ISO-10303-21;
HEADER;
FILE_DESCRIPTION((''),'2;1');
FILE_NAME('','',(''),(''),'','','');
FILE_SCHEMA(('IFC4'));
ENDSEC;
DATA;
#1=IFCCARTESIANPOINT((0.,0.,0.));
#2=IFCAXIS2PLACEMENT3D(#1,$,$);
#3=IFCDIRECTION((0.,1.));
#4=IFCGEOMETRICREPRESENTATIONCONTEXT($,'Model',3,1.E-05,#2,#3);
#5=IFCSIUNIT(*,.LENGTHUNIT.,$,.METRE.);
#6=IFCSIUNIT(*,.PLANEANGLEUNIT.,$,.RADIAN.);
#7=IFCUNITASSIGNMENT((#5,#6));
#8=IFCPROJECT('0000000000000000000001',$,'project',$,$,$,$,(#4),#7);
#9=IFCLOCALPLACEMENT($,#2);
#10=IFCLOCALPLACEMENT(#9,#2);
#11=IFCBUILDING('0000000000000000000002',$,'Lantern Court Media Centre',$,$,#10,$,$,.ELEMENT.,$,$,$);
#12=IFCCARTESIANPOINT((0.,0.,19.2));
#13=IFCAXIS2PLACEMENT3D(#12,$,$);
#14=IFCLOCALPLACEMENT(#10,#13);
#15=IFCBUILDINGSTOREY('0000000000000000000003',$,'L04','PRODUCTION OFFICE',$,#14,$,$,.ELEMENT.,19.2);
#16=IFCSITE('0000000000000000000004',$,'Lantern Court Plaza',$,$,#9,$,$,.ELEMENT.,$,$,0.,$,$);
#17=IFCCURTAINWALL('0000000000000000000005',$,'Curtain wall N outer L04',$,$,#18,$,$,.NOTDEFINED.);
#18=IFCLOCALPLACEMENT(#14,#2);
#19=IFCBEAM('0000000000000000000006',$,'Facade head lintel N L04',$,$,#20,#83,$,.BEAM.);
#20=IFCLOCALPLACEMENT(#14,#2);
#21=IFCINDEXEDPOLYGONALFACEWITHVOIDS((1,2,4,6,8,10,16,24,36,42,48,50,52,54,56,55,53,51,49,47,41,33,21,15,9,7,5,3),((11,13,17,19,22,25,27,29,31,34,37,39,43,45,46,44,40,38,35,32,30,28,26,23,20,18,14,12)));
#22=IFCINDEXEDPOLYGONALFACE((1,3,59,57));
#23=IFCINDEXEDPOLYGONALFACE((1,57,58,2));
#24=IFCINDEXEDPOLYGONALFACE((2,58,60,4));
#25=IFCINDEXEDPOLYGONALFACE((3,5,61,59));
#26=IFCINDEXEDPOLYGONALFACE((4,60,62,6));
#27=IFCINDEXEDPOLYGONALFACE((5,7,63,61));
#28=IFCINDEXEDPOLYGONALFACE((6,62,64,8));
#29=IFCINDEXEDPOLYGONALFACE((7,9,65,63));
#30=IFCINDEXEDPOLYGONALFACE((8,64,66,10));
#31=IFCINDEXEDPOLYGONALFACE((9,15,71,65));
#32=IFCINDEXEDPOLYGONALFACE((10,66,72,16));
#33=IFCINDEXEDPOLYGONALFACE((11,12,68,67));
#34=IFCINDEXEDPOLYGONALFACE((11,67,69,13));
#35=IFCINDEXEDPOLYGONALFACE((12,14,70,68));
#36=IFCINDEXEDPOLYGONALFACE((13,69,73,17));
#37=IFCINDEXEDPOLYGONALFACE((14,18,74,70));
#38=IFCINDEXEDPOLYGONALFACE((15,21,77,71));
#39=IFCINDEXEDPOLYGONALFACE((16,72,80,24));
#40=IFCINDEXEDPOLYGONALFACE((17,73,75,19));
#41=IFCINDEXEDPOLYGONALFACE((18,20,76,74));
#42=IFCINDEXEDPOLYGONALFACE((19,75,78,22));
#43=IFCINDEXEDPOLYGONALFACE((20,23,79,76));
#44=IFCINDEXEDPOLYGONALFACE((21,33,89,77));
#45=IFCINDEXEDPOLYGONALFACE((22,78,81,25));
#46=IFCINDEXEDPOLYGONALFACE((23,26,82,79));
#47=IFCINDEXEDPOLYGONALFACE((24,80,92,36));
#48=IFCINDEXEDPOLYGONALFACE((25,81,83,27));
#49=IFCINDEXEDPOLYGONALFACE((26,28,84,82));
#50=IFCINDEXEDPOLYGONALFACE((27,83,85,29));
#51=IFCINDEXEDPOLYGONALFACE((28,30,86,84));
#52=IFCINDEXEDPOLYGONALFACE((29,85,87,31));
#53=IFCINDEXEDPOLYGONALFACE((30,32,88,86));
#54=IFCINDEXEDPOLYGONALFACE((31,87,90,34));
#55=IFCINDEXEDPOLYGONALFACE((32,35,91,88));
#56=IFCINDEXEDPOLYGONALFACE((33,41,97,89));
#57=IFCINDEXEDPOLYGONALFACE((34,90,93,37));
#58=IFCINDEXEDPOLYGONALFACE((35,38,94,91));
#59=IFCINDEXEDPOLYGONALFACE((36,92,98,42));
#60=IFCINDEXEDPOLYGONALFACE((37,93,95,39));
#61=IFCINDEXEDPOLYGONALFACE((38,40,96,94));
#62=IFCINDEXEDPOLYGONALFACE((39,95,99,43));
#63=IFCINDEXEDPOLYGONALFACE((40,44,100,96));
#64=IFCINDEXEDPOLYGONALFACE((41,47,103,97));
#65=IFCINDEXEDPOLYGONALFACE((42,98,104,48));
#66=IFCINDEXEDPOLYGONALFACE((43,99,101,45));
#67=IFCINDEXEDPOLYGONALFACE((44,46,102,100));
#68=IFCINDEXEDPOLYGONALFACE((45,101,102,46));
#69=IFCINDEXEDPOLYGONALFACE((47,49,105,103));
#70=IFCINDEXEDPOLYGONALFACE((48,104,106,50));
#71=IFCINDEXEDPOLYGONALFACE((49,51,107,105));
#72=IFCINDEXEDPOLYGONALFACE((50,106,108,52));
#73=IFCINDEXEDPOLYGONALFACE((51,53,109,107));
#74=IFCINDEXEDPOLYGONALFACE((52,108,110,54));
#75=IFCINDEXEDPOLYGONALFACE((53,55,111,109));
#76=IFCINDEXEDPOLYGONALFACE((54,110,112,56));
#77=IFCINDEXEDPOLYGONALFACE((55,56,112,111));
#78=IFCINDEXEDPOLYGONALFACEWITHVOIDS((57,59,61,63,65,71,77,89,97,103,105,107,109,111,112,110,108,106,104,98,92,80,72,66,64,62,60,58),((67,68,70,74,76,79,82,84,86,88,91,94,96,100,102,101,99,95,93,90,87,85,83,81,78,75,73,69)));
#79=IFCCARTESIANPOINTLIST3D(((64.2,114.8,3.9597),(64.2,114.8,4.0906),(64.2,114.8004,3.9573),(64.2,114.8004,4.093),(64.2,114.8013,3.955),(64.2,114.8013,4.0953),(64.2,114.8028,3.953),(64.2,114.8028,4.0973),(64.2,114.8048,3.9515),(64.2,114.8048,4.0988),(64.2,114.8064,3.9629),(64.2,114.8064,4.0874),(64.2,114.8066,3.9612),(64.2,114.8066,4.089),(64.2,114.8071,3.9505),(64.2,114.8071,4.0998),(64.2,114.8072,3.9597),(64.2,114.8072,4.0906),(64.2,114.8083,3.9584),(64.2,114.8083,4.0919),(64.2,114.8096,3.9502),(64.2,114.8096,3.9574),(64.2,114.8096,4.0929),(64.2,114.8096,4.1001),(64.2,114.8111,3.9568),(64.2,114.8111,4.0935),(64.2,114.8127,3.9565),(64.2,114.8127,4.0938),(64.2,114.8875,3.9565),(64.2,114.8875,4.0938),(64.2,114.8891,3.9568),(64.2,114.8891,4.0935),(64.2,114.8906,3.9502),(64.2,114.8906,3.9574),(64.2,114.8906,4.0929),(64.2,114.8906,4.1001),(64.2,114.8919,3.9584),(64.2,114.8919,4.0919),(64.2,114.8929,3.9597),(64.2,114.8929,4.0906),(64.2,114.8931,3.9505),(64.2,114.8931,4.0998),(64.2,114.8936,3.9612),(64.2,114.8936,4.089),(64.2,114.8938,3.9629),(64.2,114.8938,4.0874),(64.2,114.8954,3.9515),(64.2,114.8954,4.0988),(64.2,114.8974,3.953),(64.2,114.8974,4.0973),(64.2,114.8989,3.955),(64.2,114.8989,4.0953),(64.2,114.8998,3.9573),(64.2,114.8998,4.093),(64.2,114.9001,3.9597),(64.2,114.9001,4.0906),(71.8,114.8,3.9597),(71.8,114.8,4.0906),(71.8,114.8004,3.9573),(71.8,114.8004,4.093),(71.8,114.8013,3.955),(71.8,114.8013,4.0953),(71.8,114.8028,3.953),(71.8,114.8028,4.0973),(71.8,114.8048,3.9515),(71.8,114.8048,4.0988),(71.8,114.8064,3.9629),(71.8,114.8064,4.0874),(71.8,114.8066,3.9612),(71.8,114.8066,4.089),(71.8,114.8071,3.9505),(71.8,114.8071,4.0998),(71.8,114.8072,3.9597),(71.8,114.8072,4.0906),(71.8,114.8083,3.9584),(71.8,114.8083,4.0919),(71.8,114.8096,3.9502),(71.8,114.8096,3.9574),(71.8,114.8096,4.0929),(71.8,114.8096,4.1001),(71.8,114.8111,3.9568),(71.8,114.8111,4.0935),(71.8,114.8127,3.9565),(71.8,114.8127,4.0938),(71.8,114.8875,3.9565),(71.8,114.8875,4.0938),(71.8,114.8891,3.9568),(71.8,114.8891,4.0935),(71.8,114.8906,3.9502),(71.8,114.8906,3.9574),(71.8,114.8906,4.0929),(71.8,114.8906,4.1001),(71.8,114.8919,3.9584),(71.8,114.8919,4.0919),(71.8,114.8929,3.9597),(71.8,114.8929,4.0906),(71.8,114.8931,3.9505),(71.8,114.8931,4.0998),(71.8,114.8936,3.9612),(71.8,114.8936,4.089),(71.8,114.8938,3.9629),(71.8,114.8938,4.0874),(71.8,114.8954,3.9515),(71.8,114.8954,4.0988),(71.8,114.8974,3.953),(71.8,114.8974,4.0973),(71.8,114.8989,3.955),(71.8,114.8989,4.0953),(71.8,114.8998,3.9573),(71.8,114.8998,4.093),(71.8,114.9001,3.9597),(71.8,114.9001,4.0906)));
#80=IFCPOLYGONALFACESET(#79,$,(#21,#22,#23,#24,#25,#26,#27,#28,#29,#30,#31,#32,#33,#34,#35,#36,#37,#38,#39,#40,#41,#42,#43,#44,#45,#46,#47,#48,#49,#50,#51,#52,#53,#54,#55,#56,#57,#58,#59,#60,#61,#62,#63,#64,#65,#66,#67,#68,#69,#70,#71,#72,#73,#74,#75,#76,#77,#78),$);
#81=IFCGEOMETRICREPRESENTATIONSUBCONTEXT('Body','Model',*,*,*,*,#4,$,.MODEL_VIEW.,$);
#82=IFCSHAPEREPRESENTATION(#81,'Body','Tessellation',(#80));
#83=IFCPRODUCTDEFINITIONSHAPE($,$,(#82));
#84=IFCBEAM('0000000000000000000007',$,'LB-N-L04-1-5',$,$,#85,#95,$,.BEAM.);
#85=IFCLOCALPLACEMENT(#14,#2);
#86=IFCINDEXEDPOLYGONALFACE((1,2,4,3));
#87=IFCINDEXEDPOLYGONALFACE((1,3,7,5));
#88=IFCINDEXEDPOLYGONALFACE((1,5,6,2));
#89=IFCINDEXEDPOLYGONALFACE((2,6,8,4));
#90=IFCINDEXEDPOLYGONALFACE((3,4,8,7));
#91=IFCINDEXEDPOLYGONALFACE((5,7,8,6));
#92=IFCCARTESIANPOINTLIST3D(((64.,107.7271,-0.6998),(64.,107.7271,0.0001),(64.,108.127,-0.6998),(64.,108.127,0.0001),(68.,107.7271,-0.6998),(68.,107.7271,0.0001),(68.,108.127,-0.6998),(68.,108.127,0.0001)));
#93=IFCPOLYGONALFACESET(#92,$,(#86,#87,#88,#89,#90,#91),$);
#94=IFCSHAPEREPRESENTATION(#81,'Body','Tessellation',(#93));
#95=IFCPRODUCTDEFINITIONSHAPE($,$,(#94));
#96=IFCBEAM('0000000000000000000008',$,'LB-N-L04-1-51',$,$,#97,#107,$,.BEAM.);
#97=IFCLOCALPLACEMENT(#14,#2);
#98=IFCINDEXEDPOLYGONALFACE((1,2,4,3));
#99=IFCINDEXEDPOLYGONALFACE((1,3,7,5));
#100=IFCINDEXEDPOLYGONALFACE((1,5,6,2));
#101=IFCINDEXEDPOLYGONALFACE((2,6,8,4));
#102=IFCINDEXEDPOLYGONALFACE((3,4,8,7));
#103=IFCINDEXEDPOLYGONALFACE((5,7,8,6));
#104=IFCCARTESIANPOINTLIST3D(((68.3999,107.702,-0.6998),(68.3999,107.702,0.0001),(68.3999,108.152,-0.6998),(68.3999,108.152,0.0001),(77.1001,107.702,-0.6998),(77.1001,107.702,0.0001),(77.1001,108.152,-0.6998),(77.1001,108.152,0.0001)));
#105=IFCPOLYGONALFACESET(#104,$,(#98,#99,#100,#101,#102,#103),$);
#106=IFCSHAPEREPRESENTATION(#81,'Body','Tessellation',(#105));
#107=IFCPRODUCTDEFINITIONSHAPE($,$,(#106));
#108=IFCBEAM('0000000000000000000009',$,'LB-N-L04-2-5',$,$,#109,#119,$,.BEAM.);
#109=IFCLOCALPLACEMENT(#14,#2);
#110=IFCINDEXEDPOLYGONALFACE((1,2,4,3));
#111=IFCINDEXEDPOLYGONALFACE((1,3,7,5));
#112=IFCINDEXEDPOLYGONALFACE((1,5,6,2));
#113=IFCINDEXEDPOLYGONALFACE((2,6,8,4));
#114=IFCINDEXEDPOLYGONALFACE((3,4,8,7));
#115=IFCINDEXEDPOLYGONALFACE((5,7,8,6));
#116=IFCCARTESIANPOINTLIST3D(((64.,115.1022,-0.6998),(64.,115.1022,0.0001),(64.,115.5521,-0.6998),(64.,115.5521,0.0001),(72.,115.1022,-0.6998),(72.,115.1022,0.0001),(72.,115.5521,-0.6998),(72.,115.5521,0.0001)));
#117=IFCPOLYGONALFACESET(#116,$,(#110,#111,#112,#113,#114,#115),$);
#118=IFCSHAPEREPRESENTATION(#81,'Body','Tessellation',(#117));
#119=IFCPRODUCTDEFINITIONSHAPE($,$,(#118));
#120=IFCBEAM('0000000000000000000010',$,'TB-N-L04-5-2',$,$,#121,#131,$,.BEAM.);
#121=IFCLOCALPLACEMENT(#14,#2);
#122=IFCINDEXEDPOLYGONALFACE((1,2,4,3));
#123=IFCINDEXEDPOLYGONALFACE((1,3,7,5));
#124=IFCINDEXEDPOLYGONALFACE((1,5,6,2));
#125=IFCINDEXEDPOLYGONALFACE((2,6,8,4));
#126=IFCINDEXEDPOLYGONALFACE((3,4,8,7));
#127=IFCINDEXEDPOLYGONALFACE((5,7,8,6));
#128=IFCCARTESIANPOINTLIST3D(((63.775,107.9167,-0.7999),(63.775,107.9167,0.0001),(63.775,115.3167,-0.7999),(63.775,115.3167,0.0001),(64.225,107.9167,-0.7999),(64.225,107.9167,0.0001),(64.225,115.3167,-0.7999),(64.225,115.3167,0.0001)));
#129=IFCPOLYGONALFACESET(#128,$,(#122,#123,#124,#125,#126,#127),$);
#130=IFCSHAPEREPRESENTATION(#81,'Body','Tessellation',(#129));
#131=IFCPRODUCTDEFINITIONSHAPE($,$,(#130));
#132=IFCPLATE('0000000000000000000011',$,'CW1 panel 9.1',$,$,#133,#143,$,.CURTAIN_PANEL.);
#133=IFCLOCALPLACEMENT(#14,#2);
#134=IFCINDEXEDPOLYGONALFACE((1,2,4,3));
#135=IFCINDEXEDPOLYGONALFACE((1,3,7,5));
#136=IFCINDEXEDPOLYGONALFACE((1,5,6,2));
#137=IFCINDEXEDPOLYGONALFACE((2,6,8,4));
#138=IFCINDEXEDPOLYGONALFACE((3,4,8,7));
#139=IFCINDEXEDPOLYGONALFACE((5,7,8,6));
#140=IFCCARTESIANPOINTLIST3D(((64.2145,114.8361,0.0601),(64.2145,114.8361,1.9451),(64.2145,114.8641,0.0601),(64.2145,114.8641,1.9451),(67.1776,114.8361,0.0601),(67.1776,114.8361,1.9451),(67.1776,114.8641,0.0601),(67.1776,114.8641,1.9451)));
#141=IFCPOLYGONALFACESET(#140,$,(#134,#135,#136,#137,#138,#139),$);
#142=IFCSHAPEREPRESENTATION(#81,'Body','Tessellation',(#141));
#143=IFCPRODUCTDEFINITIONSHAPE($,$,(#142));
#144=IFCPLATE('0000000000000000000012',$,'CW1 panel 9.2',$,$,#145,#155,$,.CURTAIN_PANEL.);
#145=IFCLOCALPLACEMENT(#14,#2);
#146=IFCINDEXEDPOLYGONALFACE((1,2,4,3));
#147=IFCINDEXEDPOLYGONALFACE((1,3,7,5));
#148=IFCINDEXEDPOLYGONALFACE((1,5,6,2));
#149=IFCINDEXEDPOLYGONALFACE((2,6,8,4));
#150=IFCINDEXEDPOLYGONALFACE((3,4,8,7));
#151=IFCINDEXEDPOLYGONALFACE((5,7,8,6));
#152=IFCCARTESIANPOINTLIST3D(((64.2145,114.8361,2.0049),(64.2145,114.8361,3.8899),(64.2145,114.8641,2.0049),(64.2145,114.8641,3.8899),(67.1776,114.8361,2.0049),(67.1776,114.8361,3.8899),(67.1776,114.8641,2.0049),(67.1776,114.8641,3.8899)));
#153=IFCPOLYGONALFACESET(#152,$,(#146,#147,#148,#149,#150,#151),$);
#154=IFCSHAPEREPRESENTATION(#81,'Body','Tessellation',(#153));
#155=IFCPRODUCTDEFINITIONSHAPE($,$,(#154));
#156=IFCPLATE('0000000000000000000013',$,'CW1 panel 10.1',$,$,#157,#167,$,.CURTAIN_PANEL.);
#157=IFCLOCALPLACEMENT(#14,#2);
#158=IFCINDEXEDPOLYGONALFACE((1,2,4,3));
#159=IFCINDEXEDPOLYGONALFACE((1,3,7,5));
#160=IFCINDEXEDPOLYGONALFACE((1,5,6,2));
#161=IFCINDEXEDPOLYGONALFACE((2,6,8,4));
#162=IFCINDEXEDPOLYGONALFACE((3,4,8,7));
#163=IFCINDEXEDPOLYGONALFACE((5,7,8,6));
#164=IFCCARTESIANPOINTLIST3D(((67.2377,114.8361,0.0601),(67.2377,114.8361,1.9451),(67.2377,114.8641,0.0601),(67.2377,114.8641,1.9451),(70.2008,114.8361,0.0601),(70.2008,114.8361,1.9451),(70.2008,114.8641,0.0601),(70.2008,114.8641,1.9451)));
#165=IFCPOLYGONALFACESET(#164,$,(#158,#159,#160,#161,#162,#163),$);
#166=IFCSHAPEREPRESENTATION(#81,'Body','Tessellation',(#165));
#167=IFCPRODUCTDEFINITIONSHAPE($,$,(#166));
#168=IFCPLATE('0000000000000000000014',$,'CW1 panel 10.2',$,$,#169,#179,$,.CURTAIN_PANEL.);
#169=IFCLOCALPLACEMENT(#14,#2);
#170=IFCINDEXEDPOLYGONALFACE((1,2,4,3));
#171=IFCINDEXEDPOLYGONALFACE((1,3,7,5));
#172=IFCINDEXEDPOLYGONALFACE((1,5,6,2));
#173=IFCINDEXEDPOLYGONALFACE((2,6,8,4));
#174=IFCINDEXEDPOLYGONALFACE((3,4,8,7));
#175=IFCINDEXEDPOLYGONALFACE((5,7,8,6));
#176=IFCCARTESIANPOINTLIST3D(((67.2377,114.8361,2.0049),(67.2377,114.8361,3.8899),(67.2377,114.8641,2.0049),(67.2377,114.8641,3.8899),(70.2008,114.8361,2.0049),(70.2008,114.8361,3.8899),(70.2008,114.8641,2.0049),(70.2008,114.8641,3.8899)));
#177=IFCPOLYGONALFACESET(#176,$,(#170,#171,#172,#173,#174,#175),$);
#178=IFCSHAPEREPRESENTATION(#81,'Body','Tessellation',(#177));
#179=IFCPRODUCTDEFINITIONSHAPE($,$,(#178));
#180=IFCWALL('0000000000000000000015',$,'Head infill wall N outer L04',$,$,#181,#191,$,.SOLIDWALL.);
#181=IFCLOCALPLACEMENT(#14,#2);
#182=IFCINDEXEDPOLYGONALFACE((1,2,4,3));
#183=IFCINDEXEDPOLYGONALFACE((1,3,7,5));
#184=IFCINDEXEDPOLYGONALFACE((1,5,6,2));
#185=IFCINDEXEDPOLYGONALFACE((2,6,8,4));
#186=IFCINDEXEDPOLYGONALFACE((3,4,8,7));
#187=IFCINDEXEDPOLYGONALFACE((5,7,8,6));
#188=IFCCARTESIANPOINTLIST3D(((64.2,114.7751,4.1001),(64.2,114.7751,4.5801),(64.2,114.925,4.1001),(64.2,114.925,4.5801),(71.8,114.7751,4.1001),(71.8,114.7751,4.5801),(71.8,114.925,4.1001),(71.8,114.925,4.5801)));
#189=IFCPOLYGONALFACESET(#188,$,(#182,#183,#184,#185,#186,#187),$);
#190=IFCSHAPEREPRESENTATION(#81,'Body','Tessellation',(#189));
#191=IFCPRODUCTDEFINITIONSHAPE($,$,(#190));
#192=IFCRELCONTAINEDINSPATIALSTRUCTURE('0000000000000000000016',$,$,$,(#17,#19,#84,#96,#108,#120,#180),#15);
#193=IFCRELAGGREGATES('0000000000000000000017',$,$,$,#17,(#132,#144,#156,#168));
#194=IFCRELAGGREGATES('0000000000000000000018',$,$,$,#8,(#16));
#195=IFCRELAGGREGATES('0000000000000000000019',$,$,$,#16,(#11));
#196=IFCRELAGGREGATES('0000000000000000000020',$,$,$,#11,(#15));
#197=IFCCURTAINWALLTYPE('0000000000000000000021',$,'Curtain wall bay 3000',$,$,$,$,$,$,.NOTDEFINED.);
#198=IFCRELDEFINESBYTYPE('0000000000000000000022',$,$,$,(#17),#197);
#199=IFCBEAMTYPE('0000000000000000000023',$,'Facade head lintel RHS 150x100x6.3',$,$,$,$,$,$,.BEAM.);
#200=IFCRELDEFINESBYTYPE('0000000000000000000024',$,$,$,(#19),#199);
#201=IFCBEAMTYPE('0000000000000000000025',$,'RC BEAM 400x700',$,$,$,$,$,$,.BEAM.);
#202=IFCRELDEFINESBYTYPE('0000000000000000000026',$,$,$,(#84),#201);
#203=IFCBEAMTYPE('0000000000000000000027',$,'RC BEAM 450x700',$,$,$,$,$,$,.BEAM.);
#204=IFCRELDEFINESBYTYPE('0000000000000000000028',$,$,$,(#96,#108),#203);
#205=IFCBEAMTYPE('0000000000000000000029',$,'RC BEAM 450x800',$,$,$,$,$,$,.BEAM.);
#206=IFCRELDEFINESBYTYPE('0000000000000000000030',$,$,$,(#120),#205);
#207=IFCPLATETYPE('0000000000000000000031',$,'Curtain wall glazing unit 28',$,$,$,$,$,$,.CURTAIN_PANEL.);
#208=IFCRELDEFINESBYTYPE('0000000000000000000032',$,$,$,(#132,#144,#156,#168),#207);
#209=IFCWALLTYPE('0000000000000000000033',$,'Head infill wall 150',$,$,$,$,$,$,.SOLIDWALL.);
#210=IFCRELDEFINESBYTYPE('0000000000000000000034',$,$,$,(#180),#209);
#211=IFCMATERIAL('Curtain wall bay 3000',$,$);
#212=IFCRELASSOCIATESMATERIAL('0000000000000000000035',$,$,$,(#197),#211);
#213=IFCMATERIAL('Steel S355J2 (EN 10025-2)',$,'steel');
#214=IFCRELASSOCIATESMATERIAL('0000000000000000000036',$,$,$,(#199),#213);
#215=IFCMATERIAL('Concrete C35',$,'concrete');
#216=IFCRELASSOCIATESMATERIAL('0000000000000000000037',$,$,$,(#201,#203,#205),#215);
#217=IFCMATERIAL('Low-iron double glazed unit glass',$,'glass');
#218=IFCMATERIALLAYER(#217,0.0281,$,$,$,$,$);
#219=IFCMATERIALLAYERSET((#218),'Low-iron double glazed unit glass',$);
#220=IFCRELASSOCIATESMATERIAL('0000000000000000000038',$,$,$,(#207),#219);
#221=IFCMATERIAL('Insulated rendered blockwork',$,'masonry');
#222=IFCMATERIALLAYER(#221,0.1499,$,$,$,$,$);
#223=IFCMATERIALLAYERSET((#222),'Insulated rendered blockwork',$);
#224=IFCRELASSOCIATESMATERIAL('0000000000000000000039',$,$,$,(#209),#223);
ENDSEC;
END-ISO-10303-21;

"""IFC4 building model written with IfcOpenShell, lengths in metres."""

from ifc_helpers import new_model, si_unit, direction, frame, frame_2d, origin, origin_2d, place, context, subcontext, project, spatial, rectangle, hollow_rectangle, extrude, material, layer, layer_set, material_profile, profile_set, type_object, element, aggregate, save


model = new_model("IFC4")

# Units and contexts
model_context = context("Model", 3, precision=1e-05, world=origin(), true_north=direction((0.0, 1.0)))
body_context = subcontext(model_context, "Body", "Model", "MODEL_VIEW")
ifc_project = project(units=[si_unit("LENGTHUNIT", "METRE"), si_unit("PLANEANGLEUNIT", "RADIAN")], contexts=[model_context])

# Site, building, storey
site_placement = place(None, origin())
site = spatial("IfcSite", under=ifc_project, at=site_placement, Name="Lantern Court Plaza", CompositionType="ELEMENT", RefElevation=0.0)
building_placement = place(site_placement, origin())
building = spatial("IfcBuilding", under=site, at=building_placement, Name="Lantern Court Media Centre", CompositionType="ELEMENT")
storey_placement = place(building_placement, frame((0.0, 0.0, 19.2)))
storey = spatial("IfcBuildingStorey", under=building, at=storey_placement, Name="L04", Description="PRODUCTION OFFICE", CompositionType="ELEMENT", Elevation=19.2)

# Shared definitions
ifc_material_1 = material(Name="Concrete C35", Category="concrete")

# Curtain wall
ifc_material_2 = material(Name="Curtain wall bay 3000")
curtain_wall_type = type_object("IfcCurtainWallType", Name="Curtain wall bay 3000", PredefinedType="NOTDEFINED", material=ifc_material_2)
curtain_wall_placement = place(storey_placement, origin())
curtain_wall = element("IfcCurtainWall", 1, at=curtain_wall_placement, inside=storey, type_object=curtain_wall_type, Name="Curtain wall N outer L04", PredefinedType="NOTDEFINED")

# Beams
ifc_material_3 = material(Name="Steel S355J2 (EN 10025-2)", Category="steel")
ifc_material_profile_1 = material_profile(ifc_material_3, hollow_rectangle(XDim=0.1001, YDim=0.1499, WallThickness=0.0063, InnerFilletRadius=0.0063, OuterFilletRadius=0.0095, at=origin_2d()), Name="Facade head lintel RHS 150x100x6.3")
ifc_profile_set_1 = profile_set([ifc_material_profile_1], Name="Steel S355J2 (EN 10025-2)")
beam_type_1 = type_object("IfcBeamType", Name="Facade head lintel RHS 150x100x6.3", PredefinedType="BEAM", material=ifc_profile_set_1)
beam_1_placement = place(storey_placement, frame((64.2, 114.8501, 4.0251), z_axis=(1.0, 0.0, 0.0), x_axis=(0.0, 1.0, 0.0)))
element("IfcBeam", 2, at=beam_1_placement, inside=storey, type_object=beam_type_1, Name="Facade head lintel N L04", PredefinedType="BEAM", context=body_context, shape_type="SweptSolid", body=[
    extrude(hollow_rectangle(XDim=0.1001, YDim=0.1499, WallThickness=0.0063, InnerFilletRadius=0.0063, OuterFilletRadius=0.0095, at=origin_2d()), origin(), (0.0, 0.0, 1.0), 7.6001),
])
ifc_material_profile_2 = material_profile(ifc_material_1, rectangle(XDim=0.3999, YDim=0.7, at=origin_2d()), Name="RC 400x700")
ifc_profile_set_2 = profile_set([ifc_material_profile_2], Name="Concrete C35")
beam_type_2 = type_object("IfcBeamType", Name="RC BEAM 400x700", PredefinedType="BEAM", material=ifc_profile_set_2)
beam_2_placement = place(storey_placement, frame((64.0, 107.927, -0.3499), z_axis=(1.0, 0.0, 0.0), x_axis=(0.0, 1.0, 0.0)))
element("IfcBeam", 3, at=beam_2_placement, inside=storey, type_object=beam_type_2, Name="LB-N-L04-1-5", PredefinedType="BEAM", context=body_context, shape_type="SweptSolid", body=[
    extrude(rectangle(XDim=0.3999, YDim=0.7, at=origin_2d()), origin(), (0.0, 0.0, 1.0), 4.0),
])
ifc_material_profile_3 = material_profile(ifc_material_1, rectangle(XDim=0.45, YDim=0.7, at=origin_2d()), Name="RC 450x700")
ifc_profile_set_3 = profile_set([ifc_material_profile_3], Name="Concrete C35")
beam_type_3 = type_object("IfcBeamType", Name="RC BEAM 450x700", PredefinedType="BEAM", material=ifc_profile_set_3)
beam_3_placement = place(storey_placement, frame((68.3999, 107.927, -0.3499), z_axis=(1.0, 0.0, 0.0), x_axis=(0.0, 1.0, 0.0)))
element("IfcBeam", 4, at=beam_3_placement, inside=storey, type_object=beam_type_3, Name="LB-N-L04-1-51", PredefinedType="BEAM", context=body_context, shape_type="SweptSolid", body=[
    extrude(rectangle(XDim=0.45, YDim=0.7, at=origin_2d()), origin(), (0.0, 0.0, 1.0), 8.7002),
])
beam_4_placement = place(storey_placement, frame((64.0, 115.3271, -0.3499), z_axis=(1.0, 0.0, 0.0), x_axis=(0.0, 1.0, 0.0)))
element("IfcBeam", 5, at=beam_4_placement, inside=storey, type_object=beam_type_3, Name="LB-N-L04-2-5", PredefinedType="BEAM", context=body_context, shape_type="SweptSolid", body=[
    extrude(rectangle(XDim=0.45, YDim=0.7, at=origin_2d()), origin(), (0.0, 0.0, 1.0), 8.0),
])
ifc_material_profile_4 = material_profile(ifc_material_1, rectangle(XDim=0.45, YDim=0.8, at=origin_2d()), Name="RC 450x800")
ifc_profile_set_4 = profile_set([ifc_material_profile_4], Name="Concrete C35")
beam_type_4 = type_object("IfcBeamType", Name="RC BEAM 450x800", PredefinedType="BEAM", material=ifc_profile_set_4)
beam_5_placement = place(storey_placement, frame((64.0, 107.9167, -0.3999), z_axis=(0.0, 1.0, 0.0), x_axis=(-1.0, 0.0, 0.0)))
element("IfcBeam", 6, at=beam_5_placement, inside=storey, type_object=beam_type_4, Name="TB-N-L04-5-2", PredefinedType="BEAM", context=body_context, shape_type="SweptSolid", body=[
    extrude(rectangle(XDim=0.45, YDim=0.8, at=origin_2d()), origin(), (0.0, 0.0, 1.0), 7.3999),
])

# Plates
ifc_material_4 = material(Name="Low-iron double glazed unit glass", Category="glass")
ifc_layer_1 = layer(ifc_material_4, 0.0281)
ifc_layer_set_1 = layer_set([ifc_layer_1], Name="Low-iron double glazed unit glass")
plate_type = type_object("IfcPlateType", Name="Curtain wall glazing unit 28", PredefinedType="CURTAIN_PANEL", material=ifc_layer_set_1)
plate_1_placement = place(storey_placement, frame((65.696, 114.8501, 0.0601), z_axis=(0.0, 0.0, 1.0), x_axis=(1.0, 0.0, 0.0)))
plate_1 = element("IfcPlate", 7, at=plate_1_placement, type_object=plate_type, Name="CW1 panel 9.1", PredefinedType="CURTAIN_PANEL", context=body_context, shape_type="SweptSolid", body=[
    extrude(rectangle(XDim=2.9631, YDim=0.0281, at=origin_2d()), origin(), (0.0, 0.0, 1.0), 1.885),
])
plate_2_placement = place(storey_placement, frame((65.696, 114.8501, 2.0049), z_axis=(0.0, 0.0, 1.0), x_axis=(1.0, 0.0, 0.0)))
plate_2 = element("IfcPlate", 8, at=plate_2_placement, type_object=plate_type, Name="CW1 panel 9.2", PredefinedType="CURTAIN_PANEL", context=body_context, shape_type="SweptSolid", body=[
    extrude(rectangle(XDim=2.9631, YDim=0.0281, at=origin_2d()), origin(), (0.0, 0.0, 1.0), 1.885),
])
plate_3_placement = place(storey_placement, frame((68.7192, 114.8501, 0.0601), z_axis=(0.0, 0.0, 1.0), x_axis=(1.0, 0.0, 0.0)))
plate_3 = element("IfcPlate", 9, at=plate_3_placement, type_object=plate_type, Name="CW1 panel 10.1", PredefinedType="CURTAIN_PANEL", context=body_context, shape_type="SweptSolid", body=[
    extrude(rectangle(XDim=2.9631, YDim=0.0281, at=origin_2d()), origin(), (0.0, 0.0, 1.0), 1.885),
])
plate_4_placement = place(storey_placement, frame((68.7192, 114.8501, 2.0049), z_axis=(0.0, 0.0, 1.0), x_axis=(1.0, 0.0, 0.0)))
plate_4 = element("IfcPlate", 10, at=plate_4_placement, type_object=plate_type, Name="CW1 panel 10.2", PredefinedType="CURTAIN_PANEL", context=body_context, shape_type="SweptSolid", body=[
    extrude(rectangle(XDim=2.9631, YDim=0.0281, at=origin_2d()), origin(), (0.0, 0.0, 1.0), 1.885),
])
aggregate(curtain_wall, [plate_1, plate_2, plate_3, plate_4])

# Wall
ifc_material_5 = material(Name="Insulated rendered blockwork", Category="masonry")
ifc_layer_2 = layer(ifc_material_5, 0.1499)
ifc_layer_set_2 = layer_set([ifc_layer_2], Name="Insulated rendered blockwork")
wall_type_1 = type_object("IfcWallType", Name="Head infill wall 150", PredefinedType="SOLIDWALL", material=ifc_layer_set_2)
wall_1_placement = place(storey_placement, frame((64.2, 114.8501, 4.1001), z_axis=(0.0, 0.0, 1.0), x_axis=(1.0, 0.0, 0.0)))
element("IfcWall", 11, at=wall_1_placement, inside=storey, type_object=wall_type_1, Name="Head infill wall N outer L04", PredefinedType="SOLIDWALL", context=body_context, shape_type="SweptSolid", body=[
    extrude(rectangle(XDim=7.6001, YDim=0.1499, at=frame_2d((3.8, 0.0))), origin(), (0.0, 0.0, 1.0), 0.48),
])

save(model, "model.ifc")
